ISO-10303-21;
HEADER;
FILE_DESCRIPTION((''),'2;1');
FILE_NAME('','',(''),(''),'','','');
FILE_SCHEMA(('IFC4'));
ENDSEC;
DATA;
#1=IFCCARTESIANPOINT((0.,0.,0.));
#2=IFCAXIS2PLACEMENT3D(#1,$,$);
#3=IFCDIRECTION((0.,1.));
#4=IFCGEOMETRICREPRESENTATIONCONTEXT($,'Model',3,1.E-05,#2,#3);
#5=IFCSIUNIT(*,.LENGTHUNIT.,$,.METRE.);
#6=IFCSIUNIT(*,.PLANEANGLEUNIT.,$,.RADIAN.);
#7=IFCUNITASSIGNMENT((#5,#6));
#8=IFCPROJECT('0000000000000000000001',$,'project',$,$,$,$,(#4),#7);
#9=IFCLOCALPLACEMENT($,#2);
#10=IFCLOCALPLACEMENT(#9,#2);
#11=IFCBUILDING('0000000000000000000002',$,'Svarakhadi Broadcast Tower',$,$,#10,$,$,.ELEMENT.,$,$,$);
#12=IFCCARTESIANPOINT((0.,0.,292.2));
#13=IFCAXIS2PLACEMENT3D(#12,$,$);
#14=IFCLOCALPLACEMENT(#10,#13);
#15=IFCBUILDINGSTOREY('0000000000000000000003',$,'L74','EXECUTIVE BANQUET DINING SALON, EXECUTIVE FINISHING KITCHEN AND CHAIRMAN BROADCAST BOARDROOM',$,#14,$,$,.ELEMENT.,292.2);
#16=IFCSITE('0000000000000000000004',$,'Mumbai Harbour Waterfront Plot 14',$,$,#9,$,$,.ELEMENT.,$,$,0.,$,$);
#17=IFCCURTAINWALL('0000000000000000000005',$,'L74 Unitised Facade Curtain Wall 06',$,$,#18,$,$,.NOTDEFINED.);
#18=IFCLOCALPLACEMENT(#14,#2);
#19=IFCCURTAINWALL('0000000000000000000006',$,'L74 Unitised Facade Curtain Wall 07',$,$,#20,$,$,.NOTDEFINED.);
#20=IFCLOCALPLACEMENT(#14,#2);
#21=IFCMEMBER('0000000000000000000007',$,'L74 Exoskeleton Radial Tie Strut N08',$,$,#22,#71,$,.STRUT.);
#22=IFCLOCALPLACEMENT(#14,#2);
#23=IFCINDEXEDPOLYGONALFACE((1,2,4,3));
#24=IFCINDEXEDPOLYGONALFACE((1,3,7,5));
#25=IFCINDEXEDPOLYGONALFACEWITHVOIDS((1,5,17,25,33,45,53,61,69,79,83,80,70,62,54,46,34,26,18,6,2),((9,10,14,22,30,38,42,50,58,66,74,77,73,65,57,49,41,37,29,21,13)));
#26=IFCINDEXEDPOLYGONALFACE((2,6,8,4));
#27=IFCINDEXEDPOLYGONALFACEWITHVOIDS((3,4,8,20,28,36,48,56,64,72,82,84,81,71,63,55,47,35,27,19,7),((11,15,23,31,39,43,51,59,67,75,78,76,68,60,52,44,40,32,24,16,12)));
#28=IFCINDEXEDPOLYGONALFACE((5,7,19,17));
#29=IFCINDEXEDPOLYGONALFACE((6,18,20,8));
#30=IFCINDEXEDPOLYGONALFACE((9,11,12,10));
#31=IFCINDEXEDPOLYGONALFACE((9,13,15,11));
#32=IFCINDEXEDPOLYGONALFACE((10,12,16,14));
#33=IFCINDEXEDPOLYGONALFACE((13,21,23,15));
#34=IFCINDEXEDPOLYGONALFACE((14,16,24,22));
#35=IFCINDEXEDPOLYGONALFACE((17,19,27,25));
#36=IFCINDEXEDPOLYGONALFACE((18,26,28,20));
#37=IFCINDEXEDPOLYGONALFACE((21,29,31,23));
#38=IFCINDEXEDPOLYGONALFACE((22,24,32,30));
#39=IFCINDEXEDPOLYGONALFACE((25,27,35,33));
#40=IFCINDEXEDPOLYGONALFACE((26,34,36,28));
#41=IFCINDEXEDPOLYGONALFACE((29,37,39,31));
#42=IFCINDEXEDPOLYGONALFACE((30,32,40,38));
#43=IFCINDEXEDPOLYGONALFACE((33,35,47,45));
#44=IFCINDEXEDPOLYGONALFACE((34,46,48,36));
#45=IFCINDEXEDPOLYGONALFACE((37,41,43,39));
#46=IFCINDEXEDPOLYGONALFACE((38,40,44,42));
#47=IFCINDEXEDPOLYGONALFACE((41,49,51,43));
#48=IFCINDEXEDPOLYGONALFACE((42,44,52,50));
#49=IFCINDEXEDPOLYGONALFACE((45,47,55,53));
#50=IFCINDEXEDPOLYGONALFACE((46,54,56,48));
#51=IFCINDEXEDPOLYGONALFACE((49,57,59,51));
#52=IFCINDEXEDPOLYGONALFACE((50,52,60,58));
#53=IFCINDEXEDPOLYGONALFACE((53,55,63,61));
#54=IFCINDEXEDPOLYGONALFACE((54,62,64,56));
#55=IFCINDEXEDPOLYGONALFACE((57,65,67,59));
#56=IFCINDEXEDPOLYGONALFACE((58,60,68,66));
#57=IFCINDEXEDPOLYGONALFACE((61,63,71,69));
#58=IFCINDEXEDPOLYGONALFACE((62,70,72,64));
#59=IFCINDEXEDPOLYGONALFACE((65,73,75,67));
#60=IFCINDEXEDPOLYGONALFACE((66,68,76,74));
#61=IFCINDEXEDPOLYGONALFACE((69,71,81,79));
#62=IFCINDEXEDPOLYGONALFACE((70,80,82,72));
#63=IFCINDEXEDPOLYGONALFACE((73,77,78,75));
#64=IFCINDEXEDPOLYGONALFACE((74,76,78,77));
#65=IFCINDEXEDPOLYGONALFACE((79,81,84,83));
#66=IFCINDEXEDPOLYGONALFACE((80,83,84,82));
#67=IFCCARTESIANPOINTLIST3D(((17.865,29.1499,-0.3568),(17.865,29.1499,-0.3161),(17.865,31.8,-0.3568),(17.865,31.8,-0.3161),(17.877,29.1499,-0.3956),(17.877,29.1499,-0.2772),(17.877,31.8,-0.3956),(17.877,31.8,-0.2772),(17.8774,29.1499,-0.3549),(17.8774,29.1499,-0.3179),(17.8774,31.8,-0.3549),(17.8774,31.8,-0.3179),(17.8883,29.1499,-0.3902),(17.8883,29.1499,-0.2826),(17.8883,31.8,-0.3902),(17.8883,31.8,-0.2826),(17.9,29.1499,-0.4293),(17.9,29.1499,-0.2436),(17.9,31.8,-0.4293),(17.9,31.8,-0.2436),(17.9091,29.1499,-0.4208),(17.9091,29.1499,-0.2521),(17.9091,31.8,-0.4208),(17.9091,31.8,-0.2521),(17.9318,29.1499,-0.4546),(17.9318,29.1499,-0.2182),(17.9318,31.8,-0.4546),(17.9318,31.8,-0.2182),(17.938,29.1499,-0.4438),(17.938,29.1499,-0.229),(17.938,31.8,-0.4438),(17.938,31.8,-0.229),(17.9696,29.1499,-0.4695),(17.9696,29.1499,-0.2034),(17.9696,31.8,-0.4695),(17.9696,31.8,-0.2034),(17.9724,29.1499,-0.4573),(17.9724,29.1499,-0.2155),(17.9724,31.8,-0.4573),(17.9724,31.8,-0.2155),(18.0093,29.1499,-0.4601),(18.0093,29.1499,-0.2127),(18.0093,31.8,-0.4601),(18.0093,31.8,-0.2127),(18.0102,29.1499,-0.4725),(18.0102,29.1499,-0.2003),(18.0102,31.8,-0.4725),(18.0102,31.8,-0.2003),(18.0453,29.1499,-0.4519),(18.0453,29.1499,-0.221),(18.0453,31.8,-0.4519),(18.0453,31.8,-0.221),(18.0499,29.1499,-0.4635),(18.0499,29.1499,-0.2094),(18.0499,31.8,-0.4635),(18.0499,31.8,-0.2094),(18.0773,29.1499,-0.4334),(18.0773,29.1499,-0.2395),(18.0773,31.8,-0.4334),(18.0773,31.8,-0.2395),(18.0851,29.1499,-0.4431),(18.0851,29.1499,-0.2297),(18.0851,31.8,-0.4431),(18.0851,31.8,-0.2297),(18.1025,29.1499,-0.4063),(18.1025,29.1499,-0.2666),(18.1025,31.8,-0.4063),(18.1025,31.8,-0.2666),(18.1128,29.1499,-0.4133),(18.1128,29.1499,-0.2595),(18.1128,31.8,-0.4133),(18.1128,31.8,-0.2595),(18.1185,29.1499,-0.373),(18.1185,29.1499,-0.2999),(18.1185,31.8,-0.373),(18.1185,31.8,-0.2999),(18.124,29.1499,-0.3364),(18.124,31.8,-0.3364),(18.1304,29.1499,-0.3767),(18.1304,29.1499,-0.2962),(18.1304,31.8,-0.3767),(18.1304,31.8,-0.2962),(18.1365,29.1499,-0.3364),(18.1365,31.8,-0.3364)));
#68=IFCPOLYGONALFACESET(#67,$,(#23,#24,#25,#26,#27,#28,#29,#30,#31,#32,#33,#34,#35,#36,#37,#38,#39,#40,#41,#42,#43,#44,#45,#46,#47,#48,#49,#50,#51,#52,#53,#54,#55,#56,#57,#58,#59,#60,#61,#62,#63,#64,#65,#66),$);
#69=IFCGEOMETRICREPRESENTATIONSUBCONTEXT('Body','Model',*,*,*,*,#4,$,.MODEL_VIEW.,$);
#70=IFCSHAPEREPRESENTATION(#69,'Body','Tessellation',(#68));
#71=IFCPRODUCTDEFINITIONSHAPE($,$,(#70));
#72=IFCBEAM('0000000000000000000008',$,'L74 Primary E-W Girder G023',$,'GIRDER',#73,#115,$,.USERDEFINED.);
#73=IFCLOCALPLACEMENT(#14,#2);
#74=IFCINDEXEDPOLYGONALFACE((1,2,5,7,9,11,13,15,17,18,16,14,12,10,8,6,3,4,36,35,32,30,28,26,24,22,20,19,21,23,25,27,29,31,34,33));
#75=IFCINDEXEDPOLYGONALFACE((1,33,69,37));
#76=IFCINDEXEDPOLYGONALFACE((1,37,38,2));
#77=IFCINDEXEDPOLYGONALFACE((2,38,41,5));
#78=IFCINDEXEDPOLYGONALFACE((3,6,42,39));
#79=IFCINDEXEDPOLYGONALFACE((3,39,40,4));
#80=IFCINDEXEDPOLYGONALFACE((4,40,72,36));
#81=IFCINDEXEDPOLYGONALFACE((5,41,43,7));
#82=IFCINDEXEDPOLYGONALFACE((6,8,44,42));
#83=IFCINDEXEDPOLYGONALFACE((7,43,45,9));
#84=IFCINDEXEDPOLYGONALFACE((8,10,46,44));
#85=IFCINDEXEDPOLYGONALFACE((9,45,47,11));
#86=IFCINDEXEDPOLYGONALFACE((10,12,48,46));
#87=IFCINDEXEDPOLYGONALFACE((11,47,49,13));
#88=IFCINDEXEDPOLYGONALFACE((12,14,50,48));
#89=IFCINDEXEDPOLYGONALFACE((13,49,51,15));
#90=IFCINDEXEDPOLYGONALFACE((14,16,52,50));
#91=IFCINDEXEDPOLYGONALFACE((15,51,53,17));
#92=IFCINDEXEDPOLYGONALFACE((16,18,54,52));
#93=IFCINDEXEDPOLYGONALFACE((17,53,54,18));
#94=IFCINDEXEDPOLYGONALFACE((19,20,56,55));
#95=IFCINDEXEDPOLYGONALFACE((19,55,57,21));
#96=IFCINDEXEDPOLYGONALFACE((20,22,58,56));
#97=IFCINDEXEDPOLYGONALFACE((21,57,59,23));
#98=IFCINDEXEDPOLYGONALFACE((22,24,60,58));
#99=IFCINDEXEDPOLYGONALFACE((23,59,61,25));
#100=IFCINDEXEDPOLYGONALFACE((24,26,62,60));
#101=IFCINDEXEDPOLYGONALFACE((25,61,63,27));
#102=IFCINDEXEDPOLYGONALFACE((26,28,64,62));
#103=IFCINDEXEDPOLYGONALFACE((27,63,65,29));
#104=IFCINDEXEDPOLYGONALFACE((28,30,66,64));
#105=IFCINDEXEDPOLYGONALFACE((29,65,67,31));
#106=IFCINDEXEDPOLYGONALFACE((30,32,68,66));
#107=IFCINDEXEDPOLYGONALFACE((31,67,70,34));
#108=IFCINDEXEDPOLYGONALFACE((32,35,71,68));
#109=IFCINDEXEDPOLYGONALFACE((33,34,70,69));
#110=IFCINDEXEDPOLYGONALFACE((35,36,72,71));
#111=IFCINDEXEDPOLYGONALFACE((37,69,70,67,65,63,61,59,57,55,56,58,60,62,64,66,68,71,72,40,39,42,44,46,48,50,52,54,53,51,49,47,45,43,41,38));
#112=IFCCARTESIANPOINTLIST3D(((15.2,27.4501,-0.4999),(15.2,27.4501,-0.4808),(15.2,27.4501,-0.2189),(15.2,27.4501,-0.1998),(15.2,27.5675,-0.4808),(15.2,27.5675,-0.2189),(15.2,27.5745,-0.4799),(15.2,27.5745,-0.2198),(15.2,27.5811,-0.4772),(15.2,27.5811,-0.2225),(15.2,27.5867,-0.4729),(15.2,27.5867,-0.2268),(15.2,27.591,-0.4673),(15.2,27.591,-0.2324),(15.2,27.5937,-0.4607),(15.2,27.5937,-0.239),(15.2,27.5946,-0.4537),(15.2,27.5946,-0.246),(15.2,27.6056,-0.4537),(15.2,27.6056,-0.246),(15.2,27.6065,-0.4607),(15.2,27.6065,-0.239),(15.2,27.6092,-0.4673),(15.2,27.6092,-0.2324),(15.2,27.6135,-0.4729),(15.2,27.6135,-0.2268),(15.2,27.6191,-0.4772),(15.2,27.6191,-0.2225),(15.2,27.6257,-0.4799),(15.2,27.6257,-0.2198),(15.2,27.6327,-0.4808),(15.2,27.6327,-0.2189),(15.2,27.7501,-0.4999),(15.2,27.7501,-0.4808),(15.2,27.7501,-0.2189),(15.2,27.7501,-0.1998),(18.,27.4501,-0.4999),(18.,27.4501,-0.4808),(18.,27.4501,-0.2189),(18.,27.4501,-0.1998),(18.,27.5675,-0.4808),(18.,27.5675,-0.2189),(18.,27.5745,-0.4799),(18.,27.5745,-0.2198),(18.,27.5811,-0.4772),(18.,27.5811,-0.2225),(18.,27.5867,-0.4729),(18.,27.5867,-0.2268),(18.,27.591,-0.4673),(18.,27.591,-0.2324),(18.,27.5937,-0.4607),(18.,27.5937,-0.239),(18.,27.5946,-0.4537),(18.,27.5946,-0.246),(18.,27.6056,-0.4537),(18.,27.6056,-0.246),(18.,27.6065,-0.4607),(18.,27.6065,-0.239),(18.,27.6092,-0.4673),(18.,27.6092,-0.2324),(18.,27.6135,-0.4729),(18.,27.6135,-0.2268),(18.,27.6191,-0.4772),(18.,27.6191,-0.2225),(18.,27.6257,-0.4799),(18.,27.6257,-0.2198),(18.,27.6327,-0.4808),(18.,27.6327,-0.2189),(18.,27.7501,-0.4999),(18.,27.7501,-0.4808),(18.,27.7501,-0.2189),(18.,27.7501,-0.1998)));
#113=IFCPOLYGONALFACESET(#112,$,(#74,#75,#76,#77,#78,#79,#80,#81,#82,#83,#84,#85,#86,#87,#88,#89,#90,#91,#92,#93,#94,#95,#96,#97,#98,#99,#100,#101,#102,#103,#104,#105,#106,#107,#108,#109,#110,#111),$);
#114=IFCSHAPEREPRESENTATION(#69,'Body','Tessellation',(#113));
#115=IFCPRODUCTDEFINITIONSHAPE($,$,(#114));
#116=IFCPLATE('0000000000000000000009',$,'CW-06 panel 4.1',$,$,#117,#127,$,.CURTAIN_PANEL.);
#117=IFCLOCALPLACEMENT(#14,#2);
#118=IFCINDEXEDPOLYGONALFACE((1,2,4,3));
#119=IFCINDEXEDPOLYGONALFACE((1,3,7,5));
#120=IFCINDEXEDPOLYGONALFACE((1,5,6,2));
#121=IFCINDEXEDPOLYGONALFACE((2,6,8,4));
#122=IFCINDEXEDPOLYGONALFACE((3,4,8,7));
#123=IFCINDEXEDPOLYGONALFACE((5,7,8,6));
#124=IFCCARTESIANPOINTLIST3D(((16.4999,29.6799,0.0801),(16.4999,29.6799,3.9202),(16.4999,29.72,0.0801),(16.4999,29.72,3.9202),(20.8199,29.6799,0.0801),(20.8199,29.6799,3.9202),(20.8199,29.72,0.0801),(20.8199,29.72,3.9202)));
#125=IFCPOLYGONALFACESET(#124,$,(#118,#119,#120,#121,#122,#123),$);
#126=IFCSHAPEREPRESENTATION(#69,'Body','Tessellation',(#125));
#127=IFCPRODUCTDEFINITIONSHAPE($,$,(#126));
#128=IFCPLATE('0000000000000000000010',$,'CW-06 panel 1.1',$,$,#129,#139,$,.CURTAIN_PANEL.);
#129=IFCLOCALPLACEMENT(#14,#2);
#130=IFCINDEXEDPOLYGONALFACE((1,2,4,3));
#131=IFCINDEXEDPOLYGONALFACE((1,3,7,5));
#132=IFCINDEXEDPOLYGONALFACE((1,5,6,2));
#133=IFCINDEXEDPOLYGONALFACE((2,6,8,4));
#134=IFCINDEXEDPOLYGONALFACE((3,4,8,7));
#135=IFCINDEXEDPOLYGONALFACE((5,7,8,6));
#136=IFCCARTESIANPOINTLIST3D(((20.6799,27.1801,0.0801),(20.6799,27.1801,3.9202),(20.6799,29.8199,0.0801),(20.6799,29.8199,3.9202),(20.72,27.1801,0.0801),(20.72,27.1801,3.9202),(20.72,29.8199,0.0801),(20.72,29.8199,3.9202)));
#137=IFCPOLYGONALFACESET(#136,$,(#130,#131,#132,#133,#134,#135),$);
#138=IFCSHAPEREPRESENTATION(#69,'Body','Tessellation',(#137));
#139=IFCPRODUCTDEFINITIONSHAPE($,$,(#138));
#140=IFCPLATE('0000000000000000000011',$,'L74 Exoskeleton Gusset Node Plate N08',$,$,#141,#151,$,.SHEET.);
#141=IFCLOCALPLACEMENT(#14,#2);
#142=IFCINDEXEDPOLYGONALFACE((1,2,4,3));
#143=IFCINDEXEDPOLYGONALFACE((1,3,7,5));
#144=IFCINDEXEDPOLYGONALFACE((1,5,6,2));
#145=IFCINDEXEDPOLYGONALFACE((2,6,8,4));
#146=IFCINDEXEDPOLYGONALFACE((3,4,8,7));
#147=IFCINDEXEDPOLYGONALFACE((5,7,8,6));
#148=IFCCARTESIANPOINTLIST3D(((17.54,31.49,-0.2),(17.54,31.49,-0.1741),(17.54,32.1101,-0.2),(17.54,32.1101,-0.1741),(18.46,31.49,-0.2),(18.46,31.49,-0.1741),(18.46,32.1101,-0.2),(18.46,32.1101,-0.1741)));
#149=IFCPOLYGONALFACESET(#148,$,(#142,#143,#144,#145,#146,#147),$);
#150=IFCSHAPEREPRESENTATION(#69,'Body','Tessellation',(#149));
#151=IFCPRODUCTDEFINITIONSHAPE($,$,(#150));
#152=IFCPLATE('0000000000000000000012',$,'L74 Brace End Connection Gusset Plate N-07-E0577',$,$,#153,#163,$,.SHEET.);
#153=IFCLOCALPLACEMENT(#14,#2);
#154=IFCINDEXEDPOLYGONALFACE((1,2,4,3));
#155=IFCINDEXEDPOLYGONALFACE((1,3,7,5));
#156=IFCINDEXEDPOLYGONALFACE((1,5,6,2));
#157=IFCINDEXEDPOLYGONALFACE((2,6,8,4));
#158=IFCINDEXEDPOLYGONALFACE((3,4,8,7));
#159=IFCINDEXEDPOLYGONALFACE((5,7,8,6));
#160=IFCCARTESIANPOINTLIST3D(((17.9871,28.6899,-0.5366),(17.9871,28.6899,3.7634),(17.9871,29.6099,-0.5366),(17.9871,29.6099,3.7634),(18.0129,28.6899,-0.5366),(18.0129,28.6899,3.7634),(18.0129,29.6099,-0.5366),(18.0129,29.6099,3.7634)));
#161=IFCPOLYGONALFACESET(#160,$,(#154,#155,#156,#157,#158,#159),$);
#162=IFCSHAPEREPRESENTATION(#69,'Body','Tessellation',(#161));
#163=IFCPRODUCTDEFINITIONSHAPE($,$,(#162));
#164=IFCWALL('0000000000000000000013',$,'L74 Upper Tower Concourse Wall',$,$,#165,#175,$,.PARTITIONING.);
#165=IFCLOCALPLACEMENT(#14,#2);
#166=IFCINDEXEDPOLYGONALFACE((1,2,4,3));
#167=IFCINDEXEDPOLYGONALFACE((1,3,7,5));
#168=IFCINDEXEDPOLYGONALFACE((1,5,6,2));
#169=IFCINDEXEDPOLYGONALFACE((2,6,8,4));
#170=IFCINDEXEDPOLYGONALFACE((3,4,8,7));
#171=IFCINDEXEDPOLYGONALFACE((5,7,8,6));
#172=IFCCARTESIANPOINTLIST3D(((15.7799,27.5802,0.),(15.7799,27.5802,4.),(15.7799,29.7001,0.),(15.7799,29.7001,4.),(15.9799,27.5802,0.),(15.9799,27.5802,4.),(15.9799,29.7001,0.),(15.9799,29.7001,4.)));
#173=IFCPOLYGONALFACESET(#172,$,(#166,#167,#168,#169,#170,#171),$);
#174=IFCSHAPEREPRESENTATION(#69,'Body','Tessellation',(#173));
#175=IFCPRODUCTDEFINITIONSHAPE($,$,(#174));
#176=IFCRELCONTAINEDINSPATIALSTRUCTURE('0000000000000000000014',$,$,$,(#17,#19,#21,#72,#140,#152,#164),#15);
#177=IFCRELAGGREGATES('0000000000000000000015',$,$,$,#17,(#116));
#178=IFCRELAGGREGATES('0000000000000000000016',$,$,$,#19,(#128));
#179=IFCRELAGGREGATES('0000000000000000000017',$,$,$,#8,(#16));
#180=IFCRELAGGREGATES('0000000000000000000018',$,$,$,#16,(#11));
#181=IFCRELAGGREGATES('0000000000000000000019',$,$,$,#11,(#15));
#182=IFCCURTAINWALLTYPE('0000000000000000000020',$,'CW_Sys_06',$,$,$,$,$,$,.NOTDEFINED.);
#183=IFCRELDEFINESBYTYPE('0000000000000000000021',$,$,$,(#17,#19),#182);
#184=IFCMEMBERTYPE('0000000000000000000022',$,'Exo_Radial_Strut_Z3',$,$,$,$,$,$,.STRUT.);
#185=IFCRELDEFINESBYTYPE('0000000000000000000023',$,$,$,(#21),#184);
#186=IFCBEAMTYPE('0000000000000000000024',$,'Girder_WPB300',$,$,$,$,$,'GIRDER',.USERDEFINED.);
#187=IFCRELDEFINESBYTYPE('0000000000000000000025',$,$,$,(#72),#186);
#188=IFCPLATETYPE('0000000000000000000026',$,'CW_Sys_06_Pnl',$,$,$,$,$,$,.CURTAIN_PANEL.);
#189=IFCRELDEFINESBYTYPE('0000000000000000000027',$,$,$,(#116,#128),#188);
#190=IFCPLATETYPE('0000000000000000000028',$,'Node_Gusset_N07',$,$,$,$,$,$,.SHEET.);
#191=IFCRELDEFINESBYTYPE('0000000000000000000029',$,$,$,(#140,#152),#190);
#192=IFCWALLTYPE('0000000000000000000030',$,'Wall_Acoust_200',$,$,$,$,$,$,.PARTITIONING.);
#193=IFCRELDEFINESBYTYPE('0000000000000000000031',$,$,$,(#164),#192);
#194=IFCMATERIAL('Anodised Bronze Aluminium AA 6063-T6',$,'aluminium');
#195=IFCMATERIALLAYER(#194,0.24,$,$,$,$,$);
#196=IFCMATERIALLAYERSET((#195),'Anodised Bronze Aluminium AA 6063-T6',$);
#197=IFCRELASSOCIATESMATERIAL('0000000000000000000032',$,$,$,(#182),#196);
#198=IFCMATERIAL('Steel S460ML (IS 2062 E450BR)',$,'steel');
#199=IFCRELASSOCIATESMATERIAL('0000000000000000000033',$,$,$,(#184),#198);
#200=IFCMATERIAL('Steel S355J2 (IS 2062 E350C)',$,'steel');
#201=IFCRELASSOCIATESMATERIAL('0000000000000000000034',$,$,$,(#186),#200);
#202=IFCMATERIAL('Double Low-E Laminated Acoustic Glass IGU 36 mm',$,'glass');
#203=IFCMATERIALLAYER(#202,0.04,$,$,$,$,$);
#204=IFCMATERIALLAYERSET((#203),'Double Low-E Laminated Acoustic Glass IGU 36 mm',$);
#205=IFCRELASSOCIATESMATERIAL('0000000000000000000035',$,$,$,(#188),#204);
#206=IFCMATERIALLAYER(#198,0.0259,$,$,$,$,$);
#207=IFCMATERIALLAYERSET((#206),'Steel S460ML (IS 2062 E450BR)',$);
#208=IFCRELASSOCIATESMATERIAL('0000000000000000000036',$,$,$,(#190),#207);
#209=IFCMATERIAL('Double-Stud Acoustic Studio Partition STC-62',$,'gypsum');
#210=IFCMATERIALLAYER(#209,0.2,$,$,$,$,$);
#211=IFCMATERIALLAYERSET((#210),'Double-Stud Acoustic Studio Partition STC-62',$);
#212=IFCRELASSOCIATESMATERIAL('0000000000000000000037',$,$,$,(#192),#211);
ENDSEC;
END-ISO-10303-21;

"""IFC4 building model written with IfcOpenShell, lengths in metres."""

from ifc_helpers import new_model, si_unit, direction, frame, frame_2d, origin, origin_2d, place, context, subcontext, project, spatial, rectangle, hollow_circle, i_section, extrude, material, layer, layer_set, material_profile, profile_set, type_object, element, aggregate, save


model = new_model("IFC4")

# Units and contexts
model_context = context("Model", 3, precision=1e-05, world=origin(), true_north=direction((0.0, 1.0)))
body_context = subcontext(model_context, "Body", "Model", "MODEL_VIEW")
ifc_project = project(units=[si_unit("LENGTHUNIT", "METRE"), si_unit("PLANEANGLEUNIT", "RADIAN")], contexts=[model_context])

# Site, building, storey
site_placement = place(None, origin())
site = spatial("IfcSite", under=ifc_project, at=site_placement, Name="Mumbai Harbour Waterfront Plot 14", CompositionType="ELEMENT", RefElevation=0.0)
building_placement = place(site_placement, origin())
building = spatial("IfcBuilding", under=site, at=building_placement, Name="Svarakhadi Broadcast Tower", CompositionType="ELEMENT")
storey_placement = place(building_placement, frame((0.0, 0.0, 292.2)))
storey = spatial("IfcBuildingStorey", under=building, at=storey_placement, Name="L74", Description="EXECUTIVE BANQUET DINING SALON, EXECUTIVE FINISHING KITCHEN AND CHAIRMAN BROADCAST BOARDROOM", CompositionType="ELEMENT", Elevation=292.2)

# Shared definitions
ifc_material_1 = material(Name="Steel S460ML (IS 2062 E450BR)", Category="steel")

# Curtain walls
ifc_material_2 = material(Name="Anodised Bronze Aluminium AA 6063-T6", Category="aluminium")
ifc_layer_1 = layer(ifc_material_2, 0.24)
ifc_layer_set_1 = layer_set([ifc_layer_1], Name="Anodised Bronze Aluminium AA 6063-T6")
curtain_wall_type = type_object("IfcCurtainWallType", Name="CW_Sys_06", PredefinedType="NOTDEFINED", material=ifc_layer_set_1)
curtain_wall_1_placement = place(storey_placement, origin())
curtain_wall_1 = element("IfcCurtainWall", 1, at=curtain_wall_1_placement, inside=storey, type_object=curtain_wall_type, Name="L74 Unitised Facade Curtain Wall 06", PredefinedType="NOTDEFINED")
curtain_wall_2_placement = place(storey_placement, origin())
curtain_wall_2 = element("IfcCurtainWall", 2, at=curtain_wall_2_placement, inside=storey, type_object=curtain_wall_type, Name="L74 Unitised Facade Curtain Wall 07", PredefinedType="NOTDEFINED")

# Member
ifc_material_profile_1 = material_profile(ifc_material_1, hollow_circle(Radius=0.1365, WallThickness=0.0125, at=origin_2d()), Name="CHS 273x12.5")
ifc_profile_set_1 = profile_set([ifc_material_profile_1], Name="Steel S460ML (IS 2062 E450BR)")
member_type_1 = type_object("IfcMemberType", Name="Exo_Radial_Strut_Z3", PredefinedType="STRUT", material=ifc_profile_set_1)
member_1_placement = place(storey_placement, frame((18.0, 31.8, -0.3364), z_axis=(0.0, -1.0, 0.0), x_axis=(1.0, 0.0, 0.0)))
element("IfcMember", 3, at=member_1_placement, inside=storey, type_object=member_type_1, Name="L74 Exoskeleton Radial Tie Strut N08", PredefinedType="STRUT", context=body_context, shape_type="SweptSolid", body=[
    extrude(hollow_circle(Radius=0.1365, WallThickness=0.0125, at=origin_2d()), origin(), (0.0, 0.0, 1.0), 2.6501),
])

# Beam
ifc_material_3 = material(Name="Steel S355J2 (IS 2062 E350C)", Category="steel")
ifc_material_profile_2 = material_profile(ifc_material_3, i_section(OverallWidth=0.3, OverallDepth=0.3, WebThickness=0.011, FlangeThickness=0.019, FilletRadius=0.0271, at=origin_2d()), Name="WPB 300x300x117")
ifc_profile_set_2 = profile_set([ifc_material_profile_2], Name="Steel S355J2 (IS 2062 E350C)")
beam_type = type_object("IfcBeamType", Name="Girder_WPB300", ElementType="GIRDER", PredefinedType="USERDEFINED", material=ifc_profile_set_2)
beam_placement = place(storey_placement, frame((15.2, 27.6001, -0.3499), z_axis=(1.0, 0.0, 0.0), x_axis=(0.0, 1.0, 0.0)))
element("IfcBeam", 4, at=beam_placement, inside=storey, type_object=beam_type, Name="L74 Primary E-W Girder G023", ObjectType="GIRDER", PredefinedType="USERDEFINED", context=body_context, shape_type="SweptSolid", body=[
    extrude(i_section(OverallWidth=0.3, OverallDepth=0.3, WebThickness=0.011, FlangeThickness=0.019, FilletRadius=0.0271, at=origin_2d()), origin(), (0.0, 0.0, 1.0), 2.8),
])

# Plates
ifc_material_4 = material(Name="Double Low-E Laminated Acoustic Glass IGU 36 mm", Category="glass")
ifc_layer_2 = layer(ifc_material_4, 0.04)
ifc_layer_set_2 = layer_set([ifc_layer_2], Name="Double Low-E Laminated Acoustic Glass IGU 36 mm")
plate_type_1 = type_object("IfcPlateType", Name="CW_Sys_06_Pnl", PredefinedType="CURTAIN_PANEL", material=ifc_layer_set_2)
plate_1_placement = place(storey_placement, frame((18.6599, 29.7, 0.0801), z_axis=(0.0, 0.0, 1.0), x_axis=(1.0, 0.0, 0.0)))
plate_1 = element("IfcPlate", 5, at=plate_1_placement, type_object=plate_type_1, Name="CW-06 panel 4.1", PredefinedType="CURTAIN_PANEL", context=body_context, shape_type="SweptSolid", body=[
    extrude(rectangle(XDim=4.3201, YDim=0.04, at=origin_2d()), origin(), (0.0, 0.0, 1.0), 3.8401),
])
aggregate(curtain_wall_1, [plate_1])
plate_2_placement = place(storey_placement, frame((20.7, 28.5, 0.0801), z_axis=(0.0, 0.0, 1.0), x_axis=(0.0, -1.0, 0.0)))
plate_2 = element("IfcPlate", 6, at=plate_2_placement, type_object=plate_type_1, Name="CW-06 panel 1.1", PredefinedType="CURTAIN_PANEL", context=body_context, shape_type="SweptSolid", body=[
    extrude(rectangle(XDim=2.6399, YDim=0.04, at=origin_2d()), origin(), (0.0, 0.0, 1.0), 3.8401),
])
aggregate(curtain_wall_2, [plate_2])

# Plates
ifc_layer_3 = layer(ifc_material_1, 0.0259)
ifc_layer_set_3 = layer_set([ifc_layer_3], Name="Steel S460ML (IS 2062 E450BR)")
plate_type_2 = type_object("IfcPlateType", Name="Node_Gusset_N07", PredefinedType="SHEET", material=ifc_layer_set_3)
plate_3_placement = place(storey_placement, frame((18.0, 31.8, -0.2), z_axis=(0.0, 0.0, 1.0), x_axis=(1.0, 0.0, 0.0)))
element("IfcPlate", 7, at=plate_3_placement, inside=storey, type_object=plate_type_2, Name="L74 Exoskeleton Gusset Node Plate N08", PredefinedType="SHEET", context=body_context, shape_type="SweptSolid", body=[
    extrude(rectangle(XDim=0.9199, YDim=0.6201, at=origin_2d()), origin(), (0.0, 0.0, 1.0), 0.0259),
])
plate_4_placement = place(storey_placement, frame((18.0, 29.1499, -0.5366), z_axis=(0.0, 0.0, 1.0), x_axis=(0.0, 1.0, 0.0)))
element("IfcPlate", 8, at=plate_4_placement, inside=storey, type_object=plate_type_2, Name="L74 Brace End Connection Gusset Plate N-07-E0577", PredefinedType="SHEET", context=body_context, shape_type="SweptSolid", body=[
    extrude(rectangle(XDim=0.9199, YDim=0.0259, at=origin_2d()), origin(), (0.0, 0.0, 1.0), 4.3),
])

# Wall
ifc_material_5 = material(Name="Double-Stud Acoustic Studio Partition STC-62", Category="gypsum")
ifc_layer_4 = layer(ifc_material_5, 0.2)
ifc_layer_set_4 = layer_set([ifc_layer_4], Name="Double-Stud Acoustic Studio Partition STC-62")
wall_type = type_object("IfcWallType", Name="Wall_Acoust_200", PredefinedType="PARTITIONING", material=ifc_layer_set_4)
wall_1_placement = place(storey_placement, frame((15.8799, 27.5801, 0.0), z_axis=(0.0, 0.0, 1.0), x_axis=(0.0, 1.0, 0.0)))
element("IfcWall", 9, at=wall_1_placement, inside=storey, type_object=wall_type, Name="L74 Upper Tower Concourse Wall", PredefinedType="PARTITIONING", context=body_context, shape_type="SweptSolid", body=[
    extrude(rectangle(XDim=2.1199, YDim=0.2, at=frame_2d((1.0601, 0.0))), origin(), (0.0, 0.0, 1.0), 4.0),
])

save(model, "model.ifc")
